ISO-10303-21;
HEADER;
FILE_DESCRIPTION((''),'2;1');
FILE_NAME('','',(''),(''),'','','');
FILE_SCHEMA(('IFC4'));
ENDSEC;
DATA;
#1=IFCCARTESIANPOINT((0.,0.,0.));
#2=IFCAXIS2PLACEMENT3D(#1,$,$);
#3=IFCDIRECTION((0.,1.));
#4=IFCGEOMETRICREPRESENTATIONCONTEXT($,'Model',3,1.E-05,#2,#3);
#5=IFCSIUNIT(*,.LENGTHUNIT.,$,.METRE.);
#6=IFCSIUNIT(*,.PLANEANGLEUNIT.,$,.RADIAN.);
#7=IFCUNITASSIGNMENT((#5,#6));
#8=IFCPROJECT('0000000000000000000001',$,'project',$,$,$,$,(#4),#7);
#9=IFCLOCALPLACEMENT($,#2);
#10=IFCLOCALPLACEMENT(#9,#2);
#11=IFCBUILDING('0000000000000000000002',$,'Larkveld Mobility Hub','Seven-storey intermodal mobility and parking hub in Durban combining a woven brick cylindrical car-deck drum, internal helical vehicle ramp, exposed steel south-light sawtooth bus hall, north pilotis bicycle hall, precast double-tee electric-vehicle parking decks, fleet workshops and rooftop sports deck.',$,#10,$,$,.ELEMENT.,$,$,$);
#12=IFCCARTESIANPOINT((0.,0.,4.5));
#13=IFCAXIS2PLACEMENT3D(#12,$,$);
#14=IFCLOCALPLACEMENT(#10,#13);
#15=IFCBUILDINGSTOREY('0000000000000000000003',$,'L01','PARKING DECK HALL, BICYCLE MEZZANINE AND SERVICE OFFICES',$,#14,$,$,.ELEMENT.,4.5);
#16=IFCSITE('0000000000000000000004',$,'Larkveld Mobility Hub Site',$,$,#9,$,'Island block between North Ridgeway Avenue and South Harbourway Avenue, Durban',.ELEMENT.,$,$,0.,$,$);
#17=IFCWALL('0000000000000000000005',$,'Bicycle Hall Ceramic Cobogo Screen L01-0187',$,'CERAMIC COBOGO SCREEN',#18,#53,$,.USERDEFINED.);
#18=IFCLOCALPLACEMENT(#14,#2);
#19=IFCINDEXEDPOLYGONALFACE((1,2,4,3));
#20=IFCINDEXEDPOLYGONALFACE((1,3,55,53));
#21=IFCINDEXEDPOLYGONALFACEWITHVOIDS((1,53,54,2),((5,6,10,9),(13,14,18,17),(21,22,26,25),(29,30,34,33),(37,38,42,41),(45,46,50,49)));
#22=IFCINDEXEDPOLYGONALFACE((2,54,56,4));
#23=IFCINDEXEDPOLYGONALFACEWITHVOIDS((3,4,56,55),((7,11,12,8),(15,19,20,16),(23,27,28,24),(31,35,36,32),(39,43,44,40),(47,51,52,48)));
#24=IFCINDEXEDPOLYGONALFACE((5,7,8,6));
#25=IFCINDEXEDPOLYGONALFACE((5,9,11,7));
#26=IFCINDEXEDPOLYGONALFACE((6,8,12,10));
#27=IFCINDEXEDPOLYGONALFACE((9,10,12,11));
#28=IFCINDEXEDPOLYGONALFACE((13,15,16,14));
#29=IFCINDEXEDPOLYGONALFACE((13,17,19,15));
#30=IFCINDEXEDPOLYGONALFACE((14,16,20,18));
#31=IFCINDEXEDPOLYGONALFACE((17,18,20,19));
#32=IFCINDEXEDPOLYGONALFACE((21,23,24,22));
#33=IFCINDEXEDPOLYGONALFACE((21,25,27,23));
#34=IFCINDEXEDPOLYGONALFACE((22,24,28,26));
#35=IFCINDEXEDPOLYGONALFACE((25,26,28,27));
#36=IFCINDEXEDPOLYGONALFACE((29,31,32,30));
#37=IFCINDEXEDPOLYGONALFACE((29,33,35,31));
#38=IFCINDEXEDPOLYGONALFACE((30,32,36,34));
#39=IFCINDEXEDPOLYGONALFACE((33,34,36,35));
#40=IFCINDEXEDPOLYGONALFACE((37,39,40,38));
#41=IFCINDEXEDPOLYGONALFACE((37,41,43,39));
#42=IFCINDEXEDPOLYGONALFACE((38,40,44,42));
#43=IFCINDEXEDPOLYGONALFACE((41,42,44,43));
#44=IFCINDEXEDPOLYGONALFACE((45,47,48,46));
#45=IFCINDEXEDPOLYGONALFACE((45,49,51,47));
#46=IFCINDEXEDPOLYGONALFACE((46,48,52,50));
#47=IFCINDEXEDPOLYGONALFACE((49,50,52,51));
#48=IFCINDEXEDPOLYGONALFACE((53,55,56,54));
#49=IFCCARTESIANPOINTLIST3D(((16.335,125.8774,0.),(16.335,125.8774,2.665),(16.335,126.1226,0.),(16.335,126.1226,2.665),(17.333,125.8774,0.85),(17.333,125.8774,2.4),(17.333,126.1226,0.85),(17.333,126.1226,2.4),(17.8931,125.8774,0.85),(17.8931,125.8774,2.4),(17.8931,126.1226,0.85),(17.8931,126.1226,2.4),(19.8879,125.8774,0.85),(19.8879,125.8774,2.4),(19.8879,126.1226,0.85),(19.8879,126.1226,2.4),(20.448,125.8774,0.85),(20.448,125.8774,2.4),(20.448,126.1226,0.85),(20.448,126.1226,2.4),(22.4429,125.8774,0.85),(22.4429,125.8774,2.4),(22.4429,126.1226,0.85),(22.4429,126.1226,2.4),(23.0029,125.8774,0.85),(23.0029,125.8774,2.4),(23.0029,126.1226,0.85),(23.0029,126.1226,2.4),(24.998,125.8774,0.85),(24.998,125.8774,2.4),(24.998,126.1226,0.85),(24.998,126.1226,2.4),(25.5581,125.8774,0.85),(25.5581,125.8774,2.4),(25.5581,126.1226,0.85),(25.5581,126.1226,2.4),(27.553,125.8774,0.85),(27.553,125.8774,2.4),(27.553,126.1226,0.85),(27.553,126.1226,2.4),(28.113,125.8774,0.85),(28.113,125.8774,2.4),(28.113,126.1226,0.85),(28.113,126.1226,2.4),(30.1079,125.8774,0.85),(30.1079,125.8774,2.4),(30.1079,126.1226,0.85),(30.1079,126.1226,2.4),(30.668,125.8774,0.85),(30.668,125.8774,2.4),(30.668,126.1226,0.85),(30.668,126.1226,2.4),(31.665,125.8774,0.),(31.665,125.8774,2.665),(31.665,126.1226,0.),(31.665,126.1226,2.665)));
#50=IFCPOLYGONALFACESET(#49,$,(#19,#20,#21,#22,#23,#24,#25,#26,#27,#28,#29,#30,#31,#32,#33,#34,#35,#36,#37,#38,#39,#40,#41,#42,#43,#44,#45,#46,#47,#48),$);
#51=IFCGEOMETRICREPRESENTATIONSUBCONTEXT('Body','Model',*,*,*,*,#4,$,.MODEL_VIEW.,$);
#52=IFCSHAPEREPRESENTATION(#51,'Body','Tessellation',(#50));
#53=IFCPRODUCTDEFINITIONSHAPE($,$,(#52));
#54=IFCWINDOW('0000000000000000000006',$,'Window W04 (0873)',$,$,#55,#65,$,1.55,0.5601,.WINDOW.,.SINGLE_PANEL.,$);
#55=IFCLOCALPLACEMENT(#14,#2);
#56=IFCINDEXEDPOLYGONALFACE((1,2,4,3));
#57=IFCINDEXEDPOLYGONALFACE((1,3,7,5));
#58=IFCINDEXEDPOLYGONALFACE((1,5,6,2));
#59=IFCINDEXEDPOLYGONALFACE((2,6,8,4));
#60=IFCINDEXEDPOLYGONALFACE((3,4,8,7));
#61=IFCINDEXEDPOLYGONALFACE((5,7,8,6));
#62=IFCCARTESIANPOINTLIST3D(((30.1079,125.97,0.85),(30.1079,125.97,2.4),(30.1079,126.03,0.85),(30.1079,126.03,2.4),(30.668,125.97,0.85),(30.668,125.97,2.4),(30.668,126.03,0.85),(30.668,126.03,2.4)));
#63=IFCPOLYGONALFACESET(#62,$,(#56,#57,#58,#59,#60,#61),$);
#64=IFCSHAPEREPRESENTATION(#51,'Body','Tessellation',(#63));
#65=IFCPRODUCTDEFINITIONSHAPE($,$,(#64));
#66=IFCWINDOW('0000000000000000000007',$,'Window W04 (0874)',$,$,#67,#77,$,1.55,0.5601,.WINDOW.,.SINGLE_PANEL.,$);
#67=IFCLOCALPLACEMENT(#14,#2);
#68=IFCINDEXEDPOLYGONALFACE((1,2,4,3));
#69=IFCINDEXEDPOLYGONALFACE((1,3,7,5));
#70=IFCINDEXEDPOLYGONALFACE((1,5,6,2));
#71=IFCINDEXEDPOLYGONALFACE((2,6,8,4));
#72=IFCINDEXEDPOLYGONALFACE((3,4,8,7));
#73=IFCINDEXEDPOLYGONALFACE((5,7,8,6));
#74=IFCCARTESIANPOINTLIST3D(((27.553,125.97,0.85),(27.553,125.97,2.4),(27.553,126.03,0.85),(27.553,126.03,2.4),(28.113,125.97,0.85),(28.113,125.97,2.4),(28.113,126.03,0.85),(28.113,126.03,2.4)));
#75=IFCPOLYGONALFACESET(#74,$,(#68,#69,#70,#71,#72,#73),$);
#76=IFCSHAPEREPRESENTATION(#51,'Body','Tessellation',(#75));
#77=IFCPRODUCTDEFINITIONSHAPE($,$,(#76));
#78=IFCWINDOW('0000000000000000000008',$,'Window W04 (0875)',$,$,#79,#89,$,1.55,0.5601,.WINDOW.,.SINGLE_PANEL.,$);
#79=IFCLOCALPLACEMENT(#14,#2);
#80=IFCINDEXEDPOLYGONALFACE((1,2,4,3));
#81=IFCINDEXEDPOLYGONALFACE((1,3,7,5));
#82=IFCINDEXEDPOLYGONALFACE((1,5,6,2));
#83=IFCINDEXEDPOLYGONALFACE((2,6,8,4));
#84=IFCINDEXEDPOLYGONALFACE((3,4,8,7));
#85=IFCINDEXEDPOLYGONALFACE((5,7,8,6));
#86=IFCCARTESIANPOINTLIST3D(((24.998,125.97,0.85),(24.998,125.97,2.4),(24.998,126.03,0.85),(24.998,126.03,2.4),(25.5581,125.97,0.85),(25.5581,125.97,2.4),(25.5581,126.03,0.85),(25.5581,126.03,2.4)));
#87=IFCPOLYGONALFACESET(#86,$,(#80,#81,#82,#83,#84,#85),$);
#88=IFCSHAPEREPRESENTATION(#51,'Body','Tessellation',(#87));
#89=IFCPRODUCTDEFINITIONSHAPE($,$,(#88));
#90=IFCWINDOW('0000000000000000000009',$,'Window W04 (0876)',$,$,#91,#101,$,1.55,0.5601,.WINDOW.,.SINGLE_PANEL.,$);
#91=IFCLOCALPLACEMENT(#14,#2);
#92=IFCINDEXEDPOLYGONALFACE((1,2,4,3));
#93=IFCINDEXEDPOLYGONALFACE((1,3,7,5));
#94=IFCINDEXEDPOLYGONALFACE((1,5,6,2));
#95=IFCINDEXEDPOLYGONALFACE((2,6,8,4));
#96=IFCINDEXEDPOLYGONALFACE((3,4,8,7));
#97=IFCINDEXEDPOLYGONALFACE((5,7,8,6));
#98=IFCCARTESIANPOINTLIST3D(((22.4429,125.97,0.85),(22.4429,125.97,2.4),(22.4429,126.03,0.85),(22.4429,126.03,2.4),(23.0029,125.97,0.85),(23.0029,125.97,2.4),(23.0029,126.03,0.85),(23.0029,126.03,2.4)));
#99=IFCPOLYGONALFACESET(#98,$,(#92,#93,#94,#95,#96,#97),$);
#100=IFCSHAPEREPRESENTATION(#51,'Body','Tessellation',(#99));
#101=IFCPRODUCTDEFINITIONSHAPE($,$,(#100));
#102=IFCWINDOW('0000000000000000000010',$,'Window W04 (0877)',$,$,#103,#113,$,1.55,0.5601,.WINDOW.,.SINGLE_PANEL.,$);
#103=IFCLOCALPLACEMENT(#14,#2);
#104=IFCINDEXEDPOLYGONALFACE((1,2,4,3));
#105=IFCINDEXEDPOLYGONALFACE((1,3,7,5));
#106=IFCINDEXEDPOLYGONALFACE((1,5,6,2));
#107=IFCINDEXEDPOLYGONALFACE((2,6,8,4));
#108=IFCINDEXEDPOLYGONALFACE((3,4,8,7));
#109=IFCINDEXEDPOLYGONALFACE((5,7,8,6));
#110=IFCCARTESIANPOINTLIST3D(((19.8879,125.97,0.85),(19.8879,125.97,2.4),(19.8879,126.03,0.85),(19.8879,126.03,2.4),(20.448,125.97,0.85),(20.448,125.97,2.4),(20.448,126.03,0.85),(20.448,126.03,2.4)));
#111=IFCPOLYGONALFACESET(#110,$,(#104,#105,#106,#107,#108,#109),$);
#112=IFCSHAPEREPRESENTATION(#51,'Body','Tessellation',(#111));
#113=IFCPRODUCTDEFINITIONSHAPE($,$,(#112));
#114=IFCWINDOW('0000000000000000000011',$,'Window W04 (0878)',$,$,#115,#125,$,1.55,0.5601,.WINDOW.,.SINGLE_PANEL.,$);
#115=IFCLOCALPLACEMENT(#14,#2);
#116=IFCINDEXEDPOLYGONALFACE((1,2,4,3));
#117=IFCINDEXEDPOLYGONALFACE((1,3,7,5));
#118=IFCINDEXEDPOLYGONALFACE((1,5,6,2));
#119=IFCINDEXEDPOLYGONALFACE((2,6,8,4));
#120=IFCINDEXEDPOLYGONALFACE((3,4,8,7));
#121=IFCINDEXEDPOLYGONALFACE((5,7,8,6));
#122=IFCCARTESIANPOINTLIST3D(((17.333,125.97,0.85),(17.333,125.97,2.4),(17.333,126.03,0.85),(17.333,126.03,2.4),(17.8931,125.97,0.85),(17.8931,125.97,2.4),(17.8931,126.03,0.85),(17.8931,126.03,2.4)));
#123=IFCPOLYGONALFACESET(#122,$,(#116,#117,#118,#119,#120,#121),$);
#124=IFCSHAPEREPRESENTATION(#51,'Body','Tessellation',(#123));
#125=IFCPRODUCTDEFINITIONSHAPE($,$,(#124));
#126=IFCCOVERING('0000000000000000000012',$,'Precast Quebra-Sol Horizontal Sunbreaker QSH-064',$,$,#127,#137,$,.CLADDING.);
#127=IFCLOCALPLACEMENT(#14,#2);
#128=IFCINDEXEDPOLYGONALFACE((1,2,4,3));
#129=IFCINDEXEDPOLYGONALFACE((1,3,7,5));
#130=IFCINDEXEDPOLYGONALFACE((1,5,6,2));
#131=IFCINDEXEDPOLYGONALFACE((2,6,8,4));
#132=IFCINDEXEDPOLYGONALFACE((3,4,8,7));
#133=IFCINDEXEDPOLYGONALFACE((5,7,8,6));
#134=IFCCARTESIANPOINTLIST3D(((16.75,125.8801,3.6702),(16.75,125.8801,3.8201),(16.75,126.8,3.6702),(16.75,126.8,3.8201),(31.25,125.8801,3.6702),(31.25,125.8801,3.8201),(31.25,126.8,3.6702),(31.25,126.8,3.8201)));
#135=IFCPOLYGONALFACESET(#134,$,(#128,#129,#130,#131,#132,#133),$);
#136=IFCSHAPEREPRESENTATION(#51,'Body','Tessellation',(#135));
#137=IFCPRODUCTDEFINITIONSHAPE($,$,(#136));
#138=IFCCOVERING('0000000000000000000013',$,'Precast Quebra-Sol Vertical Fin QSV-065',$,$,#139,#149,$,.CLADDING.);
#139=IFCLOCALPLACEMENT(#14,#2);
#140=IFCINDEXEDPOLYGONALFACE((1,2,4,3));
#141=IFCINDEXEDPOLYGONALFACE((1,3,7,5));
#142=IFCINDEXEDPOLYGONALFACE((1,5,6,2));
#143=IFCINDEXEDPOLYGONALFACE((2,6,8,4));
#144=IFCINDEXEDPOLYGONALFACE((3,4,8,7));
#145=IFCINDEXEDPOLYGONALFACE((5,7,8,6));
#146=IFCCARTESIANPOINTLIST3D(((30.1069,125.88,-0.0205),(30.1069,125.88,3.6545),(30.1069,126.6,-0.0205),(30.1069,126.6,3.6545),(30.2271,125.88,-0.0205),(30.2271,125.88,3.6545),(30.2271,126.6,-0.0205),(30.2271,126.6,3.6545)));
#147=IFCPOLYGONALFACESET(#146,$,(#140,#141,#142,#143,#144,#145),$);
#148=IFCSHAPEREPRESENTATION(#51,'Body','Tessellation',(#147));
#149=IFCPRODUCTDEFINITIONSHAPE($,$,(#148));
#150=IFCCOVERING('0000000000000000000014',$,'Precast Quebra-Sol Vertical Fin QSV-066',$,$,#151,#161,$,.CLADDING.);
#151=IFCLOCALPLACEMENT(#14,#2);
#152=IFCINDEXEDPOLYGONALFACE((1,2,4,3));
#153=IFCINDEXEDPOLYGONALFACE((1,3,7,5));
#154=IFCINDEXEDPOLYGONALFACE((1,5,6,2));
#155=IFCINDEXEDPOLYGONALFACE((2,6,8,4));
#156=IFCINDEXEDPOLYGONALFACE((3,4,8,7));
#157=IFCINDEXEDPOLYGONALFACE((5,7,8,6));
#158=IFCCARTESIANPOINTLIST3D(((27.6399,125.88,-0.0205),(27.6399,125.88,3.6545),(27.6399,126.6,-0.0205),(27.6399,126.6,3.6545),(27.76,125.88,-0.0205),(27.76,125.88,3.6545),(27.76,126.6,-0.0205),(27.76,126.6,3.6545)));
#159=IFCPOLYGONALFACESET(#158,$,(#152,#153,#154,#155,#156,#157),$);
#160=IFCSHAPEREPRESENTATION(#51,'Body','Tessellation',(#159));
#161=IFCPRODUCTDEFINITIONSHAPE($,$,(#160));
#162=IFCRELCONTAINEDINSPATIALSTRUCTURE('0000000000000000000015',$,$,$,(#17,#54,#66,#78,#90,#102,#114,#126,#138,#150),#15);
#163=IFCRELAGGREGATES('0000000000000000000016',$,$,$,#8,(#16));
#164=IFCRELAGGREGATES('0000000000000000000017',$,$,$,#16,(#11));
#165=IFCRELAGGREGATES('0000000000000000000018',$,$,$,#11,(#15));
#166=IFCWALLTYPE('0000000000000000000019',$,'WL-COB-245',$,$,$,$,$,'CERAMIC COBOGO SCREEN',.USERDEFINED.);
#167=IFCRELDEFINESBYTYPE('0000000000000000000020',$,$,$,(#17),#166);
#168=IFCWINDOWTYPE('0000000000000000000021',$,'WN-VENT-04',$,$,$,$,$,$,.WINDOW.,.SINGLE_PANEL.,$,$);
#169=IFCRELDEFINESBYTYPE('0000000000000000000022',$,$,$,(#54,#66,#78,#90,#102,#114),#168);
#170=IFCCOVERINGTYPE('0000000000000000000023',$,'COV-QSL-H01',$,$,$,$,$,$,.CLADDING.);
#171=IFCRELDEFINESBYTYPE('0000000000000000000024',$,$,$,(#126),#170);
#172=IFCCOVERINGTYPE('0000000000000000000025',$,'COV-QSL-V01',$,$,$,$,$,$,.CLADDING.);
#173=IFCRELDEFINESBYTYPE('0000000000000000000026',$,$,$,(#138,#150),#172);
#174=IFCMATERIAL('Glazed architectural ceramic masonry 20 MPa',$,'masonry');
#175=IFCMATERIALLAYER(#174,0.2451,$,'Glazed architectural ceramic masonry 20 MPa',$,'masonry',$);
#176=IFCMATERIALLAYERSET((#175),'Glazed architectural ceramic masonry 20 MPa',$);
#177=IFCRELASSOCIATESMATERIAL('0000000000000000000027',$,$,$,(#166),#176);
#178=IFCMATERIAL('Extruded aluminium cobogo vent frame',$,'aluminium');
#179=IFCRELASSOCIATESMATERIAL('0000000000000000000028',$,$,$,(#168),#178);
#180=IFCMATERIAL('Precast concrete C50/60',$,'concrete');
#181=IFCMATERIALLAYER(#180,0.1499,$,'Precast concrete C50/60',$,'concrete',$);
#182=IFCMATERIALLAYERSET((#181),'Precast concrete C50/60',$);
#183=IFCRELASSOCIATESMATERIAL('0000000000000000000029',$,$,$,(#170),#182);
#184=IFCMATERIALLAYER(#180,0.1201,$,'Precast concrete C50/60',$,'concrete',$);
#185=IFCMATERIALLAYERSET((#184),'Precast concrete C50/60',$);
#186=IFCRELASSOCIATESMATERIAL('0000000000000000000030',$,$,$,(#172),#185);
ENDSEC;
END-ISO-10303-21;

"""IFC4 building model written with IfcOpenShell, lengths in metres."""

from ifc_helpers import new_model, si_unit, direction, frame, frame_2d, origin, origin_2d, place, context, subcontext, project, spatial, rectangle, extrude, material, layer, layer_set, type_object, element, fill, save


model = new_model("IFC4")

# Units and contexts
model_context = context("Model", 3, precision=1e-05, world=origin(), true_north=direction((0.0, 1.0)))
body_context = subcontext(model_context, "Body", "Model", "MODEL_VIEW")
ifc_project = project(units=[si_unit("LENGTHUNIT", "METRE"), si_unit("PLANEANGLEUNIT", "RADIAN")], contexts=[model_context])

# Site, building, storey
site_placement = place(None, origin())
site = spatial("IfcSite", under=ifc_project, at=site_placement, Name="Larkveld Mobility Hub Site", LongName="Island block between North Ridgeway Avenue and South Harbourway Avenue, Durban", CompositionType="ELEMENT", RefElevation=0.0)
building_placement = place(site_placement, origin())
building = spatial("IfcBuilding", under=site, at=building_placement, Name="Larkveld Mobility Hub", Description="Seven-storey intermodal mobility and parking hub in Durban combining a woven brick cylindrical car-deck drum, internal helical vehicle ramp, exposed steel south-light sawtooth bus hall, north pilotis bicycle hall, precast double-tee electric-vehicle parking decks, fleet workshops and rooftop sports deck.", CompositionType="ELEMENT")
storey_placement = place(building_placement, frame((0.0, 0.0, 4.5)))
storey = spatial("IfcBuildingStorey", under=building, at=storey_placement, Name="L01", Description="PARKING DECK HALL, BICYCLE MEZZANINE AND SERVICE OFFICES", CompositionType="ELEMENT", Elevation=4.5)

# Shared definitions
ifc_material_1 = material(Name="Precast concrete C50/60", Category="concrete")

# Wall, openings, windows
ifc_material_2 = material(Name="Glazed architectural ceramic masonry 20 MPa", Category="masonry")
ifc_layer_1 = layer(ifc_material_2, 0.2451, Name="Glazed architectural ceramic masonry 20 MPa", Category="masonry")
ifc_layer_set_1 = layer_set([ifc_layer_1], Name="Glazed architectural ceramic masonry 20 MPa")
wall_type = type_object("IfcWallType", Name="WL-COB-245", ElementType="CERAMIC COBOGO SCREEN", PredefinedType="USERDEFINED", material=ifc_layer_set_1)
wall_placement = place(storey_placement, frame((31.665, 126.0, 0.0), z_axis=(0.0, 0.0, 1.0), x_axis=(-1.0, 0.0, 0.0)))
wall = element("IfcWall", 1, at=wall_placement, inside=storey, type_object=wall_type, Name="Bicycle Hall Ceramic Cobogo Screen L01-0187", ObjectType="CERAMIC COBOGO SCREEN", PredefinedType="USERDEFINED", context=body_context, shape_type="SweptSolid", body=[
    extrude(rectangle(XDim=15.3301, YDim=0.2451, at=frame_2d((7.665, 0.0))), origin(), (0.0, 0.0, 1.0), 2.665),
])
opening_1_placement = place(wall_placement, frame((0.9971, 0.0, 0.8501)))
opening_1 = element("IfcOpeningElement", 2, at=opening_1_placement, cuts=wall, PredefinedType="OPENING", context=body_context, shape_type="SweptSolid", body=[
    extrude(rectangle(XDim=0.5601, YDim=1.55, at=frame_2d((0.28, 0.7749))), frame((0.0, 0.1326, 0.0), z_axis=(0.0, -1.0, 0.0), x_axis=(1.0, 0.0, 0.0)), (0.0, 0.0, 1.0), 0.2651),
])
opening_2_placement = place(wall_placement, frame((3.552, 0.0, 0.8501)))
opening_2 = element("IfcOpeningElement", 3, at=opening_2_placement, cuts=wall, PredefinedType="OPENING", context=body_context, shape_type="SweptSolid", body=[
    extrude(rectangle(XDim=0.5601, YDim=1.55, at=frame_2d((0.28, 0.7749))), frame((0.0, 0.1326, 0.0), z_axis=(0.0, -1.0, 0.0), x_axis=(1.0, 0.0, 0.0)), (0.0, 0.0, 1.0), 0.2651),
])
opening_3_placement = place(wall_placement, frame((6.1069, 0.0, 0.8501)))
opening_3 = element("IfcOpeningElement", 4, at=opening_3_placement, cuts=wall, PredefinedType="OPENING", context=body_context, shape_type="SweptSolid", body=[
    extrude(rectangle(XDim=0.5601, YDim=1.55, at=frame_2d((0.28, 0.7749))), frame((0.0, 0.1326, 0.0), z_axis=(0.0, -1.0, 0.0), x_axis=(1.0, 0.0, 0.0)), (0.0, 0.0, 1.0), 0.2651),
])
opening_4_placement = place(wall_placement, frame((8.6621, 0.0, 0.8501)))
opening_4 = element("IfcOpeningElement", 5, at=opening_4_placement, cuts=wall, PredefinedType="OPENING", context=body_context, shape_type="SweptSolid", body=[
    extrude(rectangle(XDim=0.5601, YDim=1.55, at=frame_2d((0.28, 0.7749))), frame((0.0, 0.1326, 0.0), z_axis=(0.0, -1.0, 0.0), x_axis=(1.0, 0.0, 0.0)), (0.0, 0.0, 1.0), 0.2651),
])
opening_5_placement = place(wall_placement, frame((11.217, 0.0, 0.8501)))
opening_5 = element("IfcOpeningElement", 6, at=opening_5_placement, cuts=wall, PredefinedType="OPENING", context=body_context, shape_type="SweptSolid", body=[
    extrude(rectangle(XDim=0.5601, YDim=1.55, at=frame_2d((0.28, 0.7749))), frame((0.0, 0.1326, 0.0), z_axis=(0.0, -1.0, 0.0), x_axis=(1.0, 0.0, 0.0)), (0.0, 0.0, 1.0), 0.2651),
])
opening_6_placement = place(wall_placement, frame((13.772, 0.0, 0.8501)))
opening_6 = element("IfcOpeningElement", 7, at=opening_6_placement, cuts=wall, PredefinedType="OPENING", context=body_context, shape_type="SweptSolid", body=[
    extrude(rectangle(XDim=0.5601, YDim=1.55, at=frame_2d((0.28, 0.7749))), frame((0.0, 0.1326, 0.0), z_axis=(0.0, -1.0, 0.0), x_axis=(1.0, 0.0, 0.0)), (0.0, 0.0, 1.0), 0.2651),
])
ifc_material_3 = material(Name="Extruded aluminium cobogo vent frame", Category="aluminium")
window_type = type_object("IfcWindowType", Name="WN-VENT-04", PartitioningType="SINGLE_PANEL", PredefinedType="WINDOW", material=ifc_material_3)
window_1_placement = place(opening_1_placement, origin())
window_1 = element("IfcWindow", 8, at=window_1_placement, inside=storey, type_object=window_type, Name="Window W04 (0873)", OverallHeight=1.55, OverallWidth=0.5601, PartitioningType="SINGLE_PANEL", PredefinedType="WINDOW", context=body_context, shape_type="SweptSolid", body=[
    extrude(rectangle(XDim=0.5601, YDim=1.55, at=frame_2d((0.28, 0.7749))), frame((0.0, 0.03, 0.0), z_axis=(0.0, -1.0, 0.0), x_axis=(1.0, 0.0, 0.0)), (0.0, 0.0, 1.0), 0.0601),
])
fill(opening_1, window_1)
window_2_placement = place(opening_2_placement, origin())
window_2 = element("IfcWindow", 9, at=window_2_placement, inside=storey, type_object=window_type, Name="Window W04 (0874)", OverallHeight=1.55, OverallWidth=0.5601, PartitioningType="SINGLE_PANEL", PredefinedType="WINDOW", context=body_context, shape_type="SweptSolid", body=[
    extrude(rectangle(XDim=0.5601, YDim=1.55, at=frame_2d((0.28, 0.7749))), frame((0.0, 0.03, 0.0), z_axis=(0.0, -1.0, 0.0), x_axis=(1.0, 0.0, 0.0)), (0.0, 0.0, 1.0), 0.0601),
])
fill(opening_2, window_2)
window_3_placement = place(opening_3_placement, origin())
window_3 = element("IfcWindow", 10, at=window_3_placement, inside=storey, type_object=window_type, Name="Window W04 (0875)", OverallHeight=1.55, OverallWidth=0.5601, PartitioningType="SINGLE_PANEL", PredefinedType="WINDOW", context=body_context, shape_type="SweptSolid", body=[
    extrude(rectangle(XDim=0.5601, YDim=1.55, at=frame_2d((0.28, 0.7749))), frame((0.0, 0.03, 0.0), z_axis=(0.0, -1.0, 0.0), x_axis=(1.0, 0.0, 0.0)), (0.0, 0.0, 1.0), 0.0601),
])
fill(opening_3, window_3)
window_4_placement = place(opening_4_placement, origin())
window_4 = element("IfcWindow", 11, at=window_4_placement, inside=storey, type_object=window_type, Name="Window W04 (0876)", OverallHeight=1.55, OverallWidth=0.5601, PartitioningType="SINGLE_PANEL", PredefinedType="WINDOW", context=body_context, shape_type="SweptSolid", body=[
    extrude(rectangle(XDim=0.5601, YDim=1.55, at=frame_2d((0.28, 0.7749))), frame((0.0, 0.03, 0.0), z_axis=(0.0, -1.0, 0.0), x_axis=(1.0, 0.0, 0.0)), (0.0, 0.0, 1.0), 0.0601),
])
fill(opening_4, window_4)
window_5_placement = place(opening_5_placement, origin())
window_5 = element("IfcWindow", 12, at=window_5_placement, inside=storey, type_object=window_type, Name="Window W04 (0877)", OverallHeight=1.55, OverallWidth=0.5601, PartitioningType="SINGLE_PANEL", PredefinedType="WINDOW", context=body_context, shape_type="SweptSolid", body=[
    extrude(rectangle(XDim=0.5601, YDim=1.55, at=frame_2d((0.28, 0.7749))), frame((0.0, 0.03, 0.0), z_axis=(0.0, -1.0, 0.0), x_axis=(1.0, 0.0, 0.0)), (0.0, 0.0, 1.0), 0.0601),
])
fill(opening_5, window_5)
window_6_placement = place(opening_6_placement, origin())
window_6 = element("IfcWindow", 13, at=window_6_placement, inside=storey, type_object=window_type, Name="Window W04 (0878)", OverallHeight=1.55, OverallWidth=0.5601, PartitioningType="SINGLE_PANEL", PredefinedType="WINDOW", context=body_context, shape_type="SweptSolid", body=[
    extrude(rectangle(XDim=0.5601, YDim=1.55, at=frame_2d((0.28, 0.7749))), frame((0.0, 0.03, 0.0), z_axis=(0.0, -1.0, 0.0), x_axis=(1.0, 0.0, 0.0)), (0.0, 0.0, 1.0), 0.0601),
])
fill(opening_6, window_6)

# Coverings
ifc_layer_2 = layer(ifc_material_1, 0.1499, Name="Precast concrete C50/60", Category="concrete")
ifc_layer_set_2 = layer_set([ifc_layer_2], Name="Precast concrete C50/60")
covering_type_1 = type_object("IfcCoveringType", Name="COV-QSL-H01", PredefinedType="CLADDING", material=ifc_layer_set_2)
covering_placement = place(storey_placement, frame((24.0, 126.3401, 3.6702), z_axis=(0.0, 0.0, 1.0), x_axis=(-1.0, 0.0, 0.0)))
element("IfcCovering", 14, at=covering_placement, inside=storey, type_object=covering_type_1, Name="Precast Quebra-Sol Horizontal Sunbreaker QSH-064", PredefinedType="CLADDING", context=body_context, shape_type="SweptSolid", body=[
    extrude(rectangle(XDim=14.5, YDim=0.9199, at=origin_2d()), origin(), (0.0, 0.0, 1.0), 0.1499),
])
ifc_layer_3 = layer(ifc_material_1, 0.1201, Name="Precast concrete C50/60", Category="concrete")
ifc_layer_set_3 = layer_set([ifc_layer_3], Name="Precast concrete C50/60")
covering_type_2 = type_object("IfcCoveringType", Name="COV-QSL-V01", PredefinedType="CLADDING", material=ifc_layer_set_3)
for number, where, z_axis, x_axis, name in (
    (15, (30.167, 126.24, -0.0205), (0.0, 0.0, 1.0), (-1.0, 0.0, 0.0), "Precast Quebra-Sol Vertical Fin QSV-065"),
    (16, (27.7, 126.24, -0.0205), (0.0, 0.0, 1.0), (-1.0, 0.0, 0.0), "Precast Quebra-Sol Vertical Fin QSV-066"),
):
    element("IfcCovering", number, at=place(storey_placement, frame(where, z_axis=z_axis, x_axis=x_axis)), inside=storey, type_object=covering_type_2, Name=name, PredefinedType="CLADDING", context=body_context, shape_type="SweptSolid", body=[
        extrude(rectangle(XDim=0.1201, YDim=0.72, at=origin_2d()), origin(), (0.0, 0.0, 1.0), 3.675),
    ])

save(model, "model.ifc")
